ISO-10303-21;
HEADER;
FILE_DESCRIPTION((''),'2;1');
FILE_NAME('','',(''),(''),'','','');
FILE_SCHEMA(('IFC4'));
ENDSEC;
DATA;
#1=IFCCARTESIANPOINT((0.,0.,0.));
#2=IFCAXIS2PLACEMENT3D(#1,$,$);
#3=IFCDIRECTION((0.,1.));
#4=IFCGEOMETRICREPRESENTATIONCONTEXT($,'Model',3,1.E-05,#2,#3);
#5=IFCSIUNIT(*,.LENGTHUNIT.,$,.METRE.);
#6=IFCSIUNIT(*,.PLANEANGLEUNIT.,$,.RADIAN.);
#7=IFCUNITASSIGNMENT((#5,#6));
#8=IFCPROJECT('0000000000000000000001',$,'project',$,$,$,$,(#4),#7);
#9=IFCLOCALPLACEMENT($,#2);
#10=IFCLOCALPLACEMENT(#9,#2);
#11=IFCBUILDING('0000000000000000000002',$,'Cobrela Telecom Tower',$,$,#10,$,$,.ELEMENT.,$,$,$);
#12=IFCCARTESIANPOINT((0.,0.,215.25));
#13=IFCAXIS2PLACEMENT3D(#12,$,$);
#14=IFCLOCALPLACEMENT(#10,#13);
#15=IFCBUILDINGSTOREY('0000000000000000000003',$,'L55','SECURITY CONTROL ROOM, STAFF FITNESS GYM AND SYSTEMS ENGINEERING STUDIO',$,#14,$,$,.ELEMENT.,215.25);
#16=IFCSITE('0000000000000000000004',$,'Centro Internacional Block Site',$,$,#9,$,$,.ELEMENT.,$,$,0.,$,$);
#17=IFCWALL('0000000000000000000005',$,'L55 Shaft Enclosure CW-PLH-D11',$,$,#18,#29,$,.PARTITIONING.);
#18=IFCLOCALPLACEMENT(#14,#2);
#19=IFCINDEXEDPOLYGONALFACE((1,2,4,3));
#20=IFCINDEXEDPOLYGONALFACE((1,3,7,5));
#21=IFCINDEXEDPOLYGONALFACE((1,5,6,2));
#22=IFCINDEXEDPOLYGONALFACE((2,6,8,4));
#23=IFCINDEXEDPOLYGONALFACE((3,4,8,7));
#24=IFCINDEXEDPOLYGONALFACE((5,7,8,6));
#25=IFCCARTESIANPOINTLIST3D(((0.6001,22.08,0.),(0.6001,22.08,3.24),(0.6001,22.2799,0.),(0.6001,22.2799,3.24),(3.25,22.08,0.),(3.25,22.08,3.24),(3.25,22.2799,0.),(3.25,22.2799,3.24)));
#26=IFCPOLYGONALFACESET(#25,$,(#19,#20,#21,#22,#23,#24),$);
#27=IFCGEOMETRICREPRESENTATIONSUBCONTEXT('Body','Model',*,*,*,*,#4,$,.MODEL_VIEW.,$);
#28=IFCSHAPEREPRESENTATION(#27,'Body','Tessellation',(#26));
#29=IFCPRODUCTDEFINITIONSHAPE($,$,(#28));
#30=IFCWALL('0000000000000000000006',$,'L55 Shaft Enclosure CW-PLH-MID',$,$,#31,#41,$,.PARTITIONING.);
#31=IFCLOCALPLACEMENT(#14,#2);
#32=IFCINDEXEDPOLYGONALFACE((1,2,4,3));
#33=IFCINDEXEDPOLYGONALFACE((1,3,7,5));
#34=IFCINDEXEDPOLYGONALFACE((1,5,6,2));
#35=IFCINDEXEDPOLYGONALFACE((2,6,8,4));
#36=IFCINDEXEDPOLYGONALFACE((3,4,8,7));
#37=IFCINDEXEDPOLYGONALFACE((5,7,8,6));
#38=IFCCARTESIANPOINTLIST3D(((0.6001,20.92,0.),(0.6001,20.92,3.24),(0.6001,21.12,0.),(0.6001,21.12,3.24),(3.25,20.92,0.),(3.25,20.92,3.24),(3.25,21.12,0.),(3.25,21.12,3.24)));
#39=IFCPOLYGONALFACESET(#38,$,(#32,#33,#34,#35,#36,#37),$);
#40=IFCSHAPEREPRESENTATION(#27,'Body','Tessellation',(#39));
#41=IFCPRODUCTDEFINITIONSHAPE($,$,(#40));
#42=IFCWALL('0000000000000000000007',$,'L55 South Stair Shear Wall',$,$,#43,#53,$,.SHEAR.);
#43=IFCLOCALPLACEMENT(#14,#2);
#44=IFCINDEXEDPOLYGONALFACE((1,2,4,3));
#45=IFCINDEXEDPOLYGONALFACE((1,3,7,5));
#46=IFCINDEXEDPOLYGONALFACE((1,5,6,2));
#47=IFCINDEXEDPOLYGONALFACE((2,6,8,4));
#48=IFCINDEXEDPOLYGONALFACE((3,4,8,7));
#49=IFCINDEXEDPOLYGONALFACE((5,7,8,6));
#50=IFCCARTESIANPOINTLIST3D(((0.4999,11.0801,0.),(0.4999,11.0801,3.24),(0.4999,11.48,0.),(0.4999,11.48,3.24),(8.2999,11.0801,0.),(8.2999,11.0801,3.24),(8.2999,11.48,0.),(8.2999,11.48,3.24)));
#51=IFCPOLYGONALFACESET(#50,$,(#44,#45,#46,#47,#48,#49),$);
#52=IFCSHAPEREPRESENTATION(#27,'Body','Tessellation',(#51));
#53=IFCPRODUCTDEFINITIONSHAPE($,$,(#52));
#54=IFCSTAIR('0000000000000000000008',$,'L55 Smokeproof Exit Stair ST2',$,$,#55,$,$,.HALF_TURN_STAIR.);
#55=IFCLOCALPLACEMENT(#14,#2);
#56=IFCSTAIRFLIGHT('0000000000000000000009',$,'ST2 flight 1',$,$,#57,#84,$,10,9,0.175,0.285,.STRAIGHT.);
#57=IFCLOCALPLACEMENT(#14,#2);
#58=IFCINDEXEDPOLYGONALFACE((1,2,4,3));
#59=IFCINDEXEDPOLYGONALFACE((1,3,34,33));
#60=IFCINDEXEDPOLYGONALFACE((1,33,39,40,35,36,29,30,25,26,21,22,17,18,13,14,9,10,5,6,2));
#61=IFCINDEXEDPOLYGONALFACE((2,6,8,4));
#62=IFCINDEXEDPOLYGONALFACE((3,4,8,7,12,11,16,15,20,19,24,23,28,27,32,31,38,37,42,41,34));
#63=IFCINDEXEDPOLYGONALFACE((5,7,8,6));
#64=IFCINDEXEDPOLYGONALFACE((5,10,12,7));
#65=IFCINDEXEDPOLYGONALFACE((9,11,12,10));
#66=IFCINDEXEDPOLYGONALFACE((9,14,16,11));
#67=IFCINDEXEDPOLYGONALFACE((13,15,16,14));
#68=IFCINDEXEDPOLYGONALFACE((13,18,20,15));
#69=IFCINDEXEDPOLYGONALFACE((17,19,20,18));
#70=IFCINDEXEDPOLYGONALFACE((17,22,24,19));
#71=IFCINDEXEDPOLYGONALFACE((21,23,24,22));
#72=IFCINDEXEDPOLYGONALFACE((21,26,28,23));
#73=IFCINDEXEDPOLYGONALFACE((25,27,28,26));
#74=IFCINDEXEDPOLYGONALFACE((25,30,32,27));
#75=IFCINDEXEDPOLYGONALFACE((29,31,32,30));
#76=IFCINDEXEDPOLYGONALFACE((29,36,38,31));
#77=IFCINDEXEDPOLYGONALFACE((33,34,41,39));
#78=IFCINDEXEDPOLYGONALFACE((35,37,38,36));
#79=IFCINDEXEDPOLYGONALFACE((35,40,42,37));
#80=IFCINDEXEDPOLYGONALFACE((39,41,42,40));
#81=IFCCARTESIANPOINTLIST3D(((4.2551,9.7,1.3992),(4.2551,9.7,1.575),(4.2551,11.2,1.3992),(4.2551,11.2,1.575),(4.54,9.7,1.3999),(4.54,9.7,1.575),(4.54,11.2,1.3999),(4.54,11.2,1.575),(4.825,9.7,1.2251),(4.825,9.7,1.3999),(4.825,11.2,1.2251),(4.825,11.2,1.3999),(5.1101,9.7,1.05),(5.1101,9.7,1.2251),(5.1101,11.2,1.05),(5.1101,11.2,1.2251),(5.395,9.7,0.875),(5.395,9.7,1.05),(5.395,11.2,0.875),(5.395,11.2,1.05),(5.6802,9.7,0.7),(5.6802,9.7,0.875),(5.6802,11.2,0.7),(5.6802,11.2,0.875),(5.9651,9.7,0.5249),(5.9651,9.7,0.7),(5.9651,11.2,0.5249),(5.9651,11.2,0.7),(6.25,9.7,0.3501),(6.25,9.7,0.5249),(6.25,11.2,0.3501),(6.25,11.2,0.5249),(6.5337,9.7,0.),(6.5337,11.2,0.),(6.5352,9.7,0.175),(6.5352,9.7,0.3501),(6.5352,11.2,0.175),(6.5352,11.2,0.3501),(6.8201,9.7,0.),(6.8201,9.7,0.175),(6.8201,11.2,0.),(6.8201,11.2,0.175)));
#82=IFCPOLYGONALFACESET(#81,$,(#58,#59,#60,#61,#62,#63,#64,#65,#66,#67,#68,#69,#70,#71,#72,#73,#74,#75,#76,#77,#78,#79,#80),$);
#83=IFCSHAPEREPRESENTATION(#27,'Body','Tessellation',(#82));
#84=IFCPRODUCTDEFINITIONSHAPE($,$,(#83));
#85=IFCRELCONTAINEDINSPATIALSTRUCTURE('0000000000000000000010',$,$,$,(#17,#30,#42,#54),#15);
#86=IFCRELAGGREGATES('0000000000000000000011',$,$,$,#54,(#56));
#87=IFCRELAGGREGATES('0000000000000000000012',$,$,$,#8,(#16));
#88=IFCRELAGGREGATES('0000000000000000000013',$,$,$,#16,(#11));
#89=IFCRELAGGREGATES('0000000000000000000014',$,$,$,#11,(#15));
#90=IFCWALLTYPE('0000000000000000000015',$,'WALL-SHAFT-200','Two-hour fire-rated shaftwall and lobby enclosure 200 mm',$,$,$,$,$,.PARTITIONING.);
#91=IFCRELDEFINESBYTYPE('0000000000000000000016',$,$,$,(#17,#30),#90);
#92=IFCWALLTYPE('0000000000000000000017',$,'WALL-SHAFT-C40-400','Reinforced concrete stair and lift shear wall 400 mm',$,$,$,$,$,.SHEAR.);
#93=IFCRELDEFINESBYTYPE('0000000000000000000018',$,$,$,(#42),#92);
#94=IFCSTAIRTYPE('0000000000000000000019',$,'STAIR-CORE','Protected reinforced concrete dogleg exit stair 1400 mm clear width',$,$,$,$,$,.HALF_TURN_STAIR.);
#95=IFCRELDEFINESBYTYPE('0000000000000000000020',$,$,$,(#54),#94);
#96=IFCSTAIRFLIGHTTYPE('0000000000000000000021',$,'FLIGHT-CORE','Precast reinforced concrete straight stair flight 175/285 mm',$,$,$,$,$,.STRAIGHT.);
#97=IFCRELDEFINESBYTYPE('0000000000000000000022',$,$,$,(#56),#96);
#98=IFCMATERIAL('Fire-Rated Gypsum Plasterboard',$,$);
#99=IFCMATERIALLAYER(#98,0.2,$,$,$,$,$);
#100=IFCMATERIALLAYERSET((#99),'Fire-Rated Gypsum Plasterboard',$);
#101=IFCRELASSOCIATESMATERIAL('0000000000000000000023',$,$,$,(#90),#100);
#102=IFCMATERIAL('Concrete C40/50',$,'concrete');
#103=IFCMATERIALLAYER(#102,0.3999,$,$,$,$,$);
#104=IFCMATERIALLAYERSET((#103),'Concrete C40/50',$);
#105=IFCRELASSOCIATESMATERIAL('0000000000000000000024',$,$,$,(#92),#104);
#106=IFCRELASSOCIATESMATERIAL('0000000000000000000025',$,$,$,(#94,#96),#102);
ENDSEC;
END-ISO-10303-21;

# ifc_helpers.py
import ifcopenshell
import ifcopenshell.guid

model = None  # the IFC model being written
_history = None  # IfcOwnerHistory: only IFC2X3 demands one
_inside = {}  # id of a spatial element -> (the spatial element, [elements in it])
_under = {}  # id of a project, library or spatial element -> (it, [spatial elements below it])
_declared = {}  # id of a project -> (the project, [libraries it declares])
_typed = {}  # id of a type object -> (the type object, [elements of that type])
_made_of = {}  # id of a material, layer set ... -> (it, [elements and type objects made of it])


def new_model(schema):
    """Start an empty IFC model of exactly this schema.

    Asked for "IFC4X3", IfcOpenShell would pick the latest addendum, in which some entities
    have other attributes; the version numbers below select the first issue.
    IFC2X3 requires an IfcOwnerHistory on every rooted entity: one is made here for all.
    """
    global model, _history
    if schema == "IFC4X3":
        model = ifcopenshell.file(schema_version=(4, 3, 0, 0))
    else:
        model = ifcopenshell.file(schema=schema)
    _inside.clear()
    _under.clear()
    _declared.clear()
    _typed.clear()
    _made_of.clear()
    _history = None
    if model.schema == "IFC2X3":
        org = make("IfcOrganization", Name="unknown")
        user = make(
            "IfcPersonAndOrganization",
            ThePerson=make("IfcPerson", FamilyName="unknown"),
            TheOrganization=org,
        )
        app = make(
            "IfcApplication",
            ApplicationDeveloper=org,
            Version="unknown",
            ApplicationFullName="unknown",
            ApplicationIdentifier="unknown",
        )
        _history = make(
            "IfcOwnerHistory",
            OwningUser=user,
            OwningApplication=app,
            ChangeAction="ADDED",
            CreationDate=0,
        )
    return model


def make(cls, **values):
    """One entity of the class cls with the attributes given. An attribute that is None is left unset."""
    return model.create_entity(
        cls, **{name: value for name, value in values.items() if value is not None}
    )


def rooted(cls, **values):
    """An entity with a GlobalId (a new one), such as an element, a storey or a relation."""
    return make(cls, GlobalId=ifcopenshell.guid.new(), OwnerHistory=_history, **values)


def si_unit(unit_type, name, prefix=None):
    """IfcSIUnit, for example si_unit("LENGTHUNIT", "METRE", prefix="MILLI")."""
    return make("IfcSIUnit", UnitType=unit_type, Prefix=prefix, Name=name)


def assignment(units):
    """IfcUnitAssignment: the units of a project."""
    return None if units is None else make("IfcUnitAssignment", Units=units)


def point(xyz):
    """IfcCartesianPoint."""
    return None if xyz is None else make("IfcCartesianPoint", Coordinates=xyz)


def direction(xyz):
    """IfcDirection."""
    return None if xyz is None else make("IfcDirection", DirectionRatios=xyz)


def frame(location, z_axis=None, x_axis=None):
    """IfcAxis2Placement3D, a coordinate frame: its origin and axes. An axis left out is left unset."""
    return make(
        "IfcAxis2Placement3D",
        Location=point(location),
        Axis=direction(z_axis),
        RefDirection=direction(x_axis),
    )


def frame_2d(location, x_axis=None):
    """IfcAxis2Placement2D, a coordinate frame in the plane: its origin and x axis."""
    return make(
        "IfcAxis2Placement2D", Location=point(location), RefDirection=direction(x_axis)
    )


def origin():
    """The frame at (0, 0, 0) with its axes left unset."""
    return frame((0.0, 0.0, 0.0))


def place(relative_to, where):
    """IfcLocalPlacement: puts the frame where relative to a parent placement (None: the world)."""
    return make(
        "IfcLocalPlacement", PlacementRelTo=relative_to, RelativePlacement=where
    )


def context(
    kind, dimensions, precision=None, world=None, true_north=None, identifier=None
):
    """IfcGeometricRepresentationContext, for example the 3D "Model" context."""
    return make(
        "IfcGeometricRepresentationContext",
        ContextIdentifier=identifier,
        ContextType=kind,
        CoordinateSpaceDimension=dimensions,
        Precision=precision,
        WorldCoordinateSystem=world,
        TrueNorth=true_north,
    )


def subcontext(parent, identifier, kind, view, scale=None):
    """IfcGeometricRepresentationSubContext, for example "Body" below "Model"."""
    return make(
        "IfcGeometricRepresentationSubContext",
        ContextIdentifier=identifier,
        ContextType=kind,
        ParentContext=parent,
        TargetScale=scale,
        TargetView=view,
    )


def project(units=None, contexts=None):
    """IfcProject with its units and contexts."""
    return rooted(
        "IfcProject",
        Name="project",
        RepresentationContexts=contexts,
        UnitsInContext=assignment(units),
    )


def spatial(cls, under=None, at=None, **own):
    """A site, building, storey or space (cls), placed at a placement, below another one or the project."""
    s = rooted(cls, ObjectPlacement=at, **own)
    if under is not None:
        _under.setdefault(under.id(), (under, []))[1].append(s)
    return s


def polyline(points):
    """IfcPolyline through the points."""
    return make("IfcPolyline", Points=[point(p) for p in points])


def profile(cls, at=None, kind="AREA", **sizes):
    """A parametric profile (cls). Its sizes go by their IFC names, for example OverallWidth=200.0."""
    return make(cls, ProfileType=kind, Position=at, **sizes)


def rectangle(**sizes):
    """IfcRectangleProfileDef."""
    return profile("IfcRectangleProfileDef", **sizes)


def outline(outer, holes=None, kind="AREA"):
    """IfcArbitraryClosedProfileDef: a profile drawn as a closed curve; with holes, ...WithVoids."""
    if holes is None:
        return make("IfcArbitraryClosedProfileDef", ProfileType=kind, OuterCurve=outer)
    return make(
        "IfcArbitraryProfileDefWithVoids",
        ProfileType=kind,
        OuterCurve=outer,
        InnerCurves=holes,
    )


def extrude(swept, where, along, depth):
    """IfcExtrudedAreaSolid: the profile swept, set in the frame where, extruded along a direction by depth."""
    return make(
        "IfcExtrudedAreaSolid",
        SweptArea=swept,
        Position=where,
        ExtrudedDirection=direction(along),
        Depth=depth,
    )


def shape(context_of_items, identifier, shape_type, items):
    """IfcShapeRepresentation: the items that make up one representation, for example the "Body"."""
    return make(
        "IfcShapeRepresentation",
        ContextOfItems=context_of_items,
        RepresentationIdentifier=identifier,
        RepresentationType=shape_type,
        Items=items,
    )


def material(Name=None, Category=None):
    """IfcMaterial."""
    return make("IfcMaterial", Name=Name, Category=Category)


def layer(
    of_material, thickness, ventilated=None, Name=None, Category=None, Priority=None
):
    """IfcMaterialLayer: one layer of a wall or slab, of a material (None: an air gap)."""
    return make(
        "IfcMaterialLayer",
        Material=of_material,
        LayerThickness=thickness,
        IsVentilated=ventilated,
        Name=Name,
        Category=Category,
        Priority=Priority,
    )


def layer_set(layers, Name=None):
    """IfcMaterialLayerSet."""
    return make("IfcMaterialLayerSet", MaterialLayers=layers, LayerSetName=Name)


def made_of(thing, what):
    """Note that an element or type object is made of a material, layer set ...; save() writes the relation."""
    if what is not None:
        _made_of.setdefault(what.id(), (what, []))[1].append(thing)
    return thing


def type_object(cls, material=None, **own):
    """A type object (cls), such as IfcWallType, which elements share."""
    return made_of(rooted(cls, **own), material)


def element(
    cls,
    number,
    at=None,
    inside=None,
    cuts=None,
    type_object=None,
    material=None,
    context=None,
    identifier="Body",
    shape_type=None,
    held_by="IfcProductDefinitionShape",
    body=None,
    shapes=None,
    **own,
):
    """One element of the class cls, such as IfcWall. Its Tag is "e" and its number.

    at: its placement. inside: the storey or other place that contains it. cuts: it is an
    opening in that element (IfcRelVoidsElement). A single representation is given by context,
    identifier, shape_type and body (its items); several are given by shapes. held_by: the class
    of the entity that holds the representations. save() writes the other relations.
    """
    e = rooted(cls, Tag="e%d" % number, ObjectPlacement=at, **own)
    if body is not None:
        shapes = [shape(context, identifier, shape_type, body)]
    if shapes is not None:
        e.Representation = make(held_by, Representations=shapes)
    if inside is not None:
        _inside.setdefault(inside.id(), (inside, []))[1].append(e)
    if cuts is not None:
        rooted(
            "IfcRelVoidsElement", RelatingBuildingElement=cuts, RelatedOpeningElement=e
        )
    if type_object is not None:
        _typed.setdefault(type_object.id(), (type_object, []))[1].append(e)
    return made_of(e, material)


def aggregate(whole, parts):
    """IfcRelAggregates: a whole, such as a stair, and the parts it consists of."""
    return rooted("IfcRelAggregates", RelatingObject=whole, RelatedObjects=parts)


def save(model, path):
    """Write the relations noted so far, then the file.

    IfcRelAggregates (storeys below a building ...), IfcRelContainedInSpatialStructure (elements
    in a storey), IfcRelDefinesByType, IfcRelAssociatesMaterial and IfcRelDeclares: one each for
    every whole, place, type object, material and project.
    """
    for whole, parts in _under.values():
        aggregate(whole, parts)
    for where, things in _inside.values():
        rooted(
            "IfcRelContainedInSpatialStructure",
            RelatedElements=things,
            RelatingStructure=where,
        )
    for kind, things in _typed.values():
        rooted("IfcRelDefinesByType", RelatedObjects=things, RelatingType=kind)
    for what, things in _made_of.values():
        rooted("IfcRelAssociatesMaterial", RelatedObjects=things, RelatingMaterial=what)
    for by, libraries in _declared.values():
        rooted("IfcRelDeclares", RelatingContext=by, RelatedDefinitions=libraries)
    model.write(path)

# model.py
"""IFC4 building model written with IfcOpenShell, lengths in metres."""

from ifc_helpers import new_model, si_unit, direction, frame, frame_2d, origin, place, context, subcontext, project, spatial, polyline, rectangle, outline, extrude, material, layer, layer_set, type_object, element, aggregate, save


model = new_model("IFC4")

# Units and contexts
model_context = context("Model", 3, precision=1e-05, world=origin(), true_north=direction((0.0, 1.0)))
body_context = subcontext(model_context, "Body", "Model", "MODEL_VIEW")
ifc_project = project(units=[si_unit("LENGTHUNIT", "METRE"), si_unit("PLANEANGLEUNIT", "RADIAN")], contexts=[model_context])

# Site, building, storey
site_placement = place(None, origin())
site = spatial("IfcSite", under=ifc_project, at=site_placement, Name="Centro Internacional Block Site", CompositionType="ELEMENT", RefElevation=0.0)
building_placement = place(site_placement, origin())
building = spatial("IfcBuilding", under=site, at=building_placement, Name="Cobrela Telecom Tower", CompositionType="ELEMENT")
storey_placement = place(building_placement, frame((0.0, 0.0, 215.25)))
storey = spatial("IfcBuildingStorey", under=building, at=storey_placement, Name="L55", Description="SECURITY CONTROL ROOM, STAFF FITNESS GYM AND SYSTEMS ENGINEERING STUDIO", CompositionType="ELEMENT", Elevation=215.25)

# Shared definitions
ifc_material_1 = material(Name="Fire-Rated Gypsum Plasterboard")

# Shared definitions
ifc_layer_1 = layer(ifc_material_1, 0.2)
ifc_layer_set_1 = layer_set([ifc_layer_1], Name="Fire-Rated Gypsum Plasterboard")
wall_type_1 = type_object("IfcWallType", Name="WALL-SHAFT-200", Description="Two-hour fire-rated shaftwall and lobby enclosure 200 mm", PredefinedType="PARTITIONING", material=ifc_layer_set_1)

# Walls
for number, where, z_axis, x_axis, name in (
    (1, (0.6001, 22.1799, 0.0), (0.0, 0.0, 1.0), (1.0, 0.0, 0.0), "L55 Shaft Enclosure CW-PLH-D11"),
    (2, (0.6001, 21.02, 0.0), (0.0, 0.0, 1.0), (1.0, 0.0, 0.0), "L55 Shaft Enclosure CW-PLH-MID"),
):
    element("IfcWall", number, at=place(storey_placement, frame(where, z_axis=z_axis, x_axis=x_axis)), inside=storey, type_object=wall_type_1, Name=name, PredefinedType="PARTITIONING", context=body_context, shape_type="SweptSolid", body=[
        extrude(rectangle(XDim=2.6499, YDim=0.2, at=frame_2d((1.325, 0.0))), origin(), (0.0, 0.0, 1.0), 3.24),
    ])
ifc_material_2 = material(Name="Concrete C40/50", Category="concrete")
ifc_layer_2 = layer(ifc_material_2, 0.3999)
ifc_layer_set_2 = layer_set([ifc_layer_2], Name="Concrete C40/50")
wall_type_2 = type_object("IfcWallType", Name="WALL-SHAFT-C40-400", Description="Reinforced concrete stair and lift shear wall 400 mm", PredefinedType="SHEAR", material=ifc_layer_set_2)
wall_1_placement = place(storey_placement, frame((0.5, 11.28, 0.0), z_axis=(0.0, 0.0, 1.0), x_axis=(1.0, 0.0, 0.0)))
element("IfcWall", 3, at=wall_1_placement, inside=storey, type_object=wall_type_2, Name="L55 South Stair Shear Wall", PredefinedType="SHEAR", context=body_context, shape_type="SweptSolid", body=[
    extrude(rectangle(XDim=7.8, YDim=0.3999, at=frame_2d((3.8999, 0.0))), origin(), (0.0, 0.0, 1.0), 3.24),
])

# Stair, stair flight
stair_type = type_object("IfcStairType", Name="STAIR-CORE", Description="Protected reinforced concrete dogleg exit stair 1400 mm clear width", PredefinedType="HALF_TURN_STAIR", material=ifc_material_2)
stair_placement = place(storey_placement, origin())
stair = element("IfcStair", 4, at=stair_placement, inside=storey, type_object=stair_type, Name="L55 Smokeproof Exit Stair ST2", PredefinedType="HALF_TURN_STAIR")
stair_flight_type = type_object("IfcStairFlightType", Name="FLIGHT-CORE", Description="Precast reinforced concrete straight stair flight 175/285 mm", PredefinedType="STRAIGHT", material=ifc_material_2)
stair_flight_placement = place(storey_placement, frame((6.8201, 10.45, 0.0), z_axis=(0.0, 0.0, 1.0), x_axis=(-1.0, 0.0, 0.0)))
stair_flight = element("IfcStairFlight", 5, at=stair_flight_placement, type_object=stair_flight_type, Name="ST2 flight 1", NumberOfRisers=10, NumberOfTreads=9, PredefinedType="STRAIGHT", RiserHeight=0.175, TreadLength=0.285, context=body_context, shape_type="SweptSolid", body=[
    extrude(outline(polyline([(0.0, 0.0), (0.0, 0.175), (0.2849, 0.175), (0.2849, 0.3501), (0.5701, 0.3501), (0.5701, 0.5249), (0.855, 0.5249), (0.855, 0.7), (1.1399, 0.7), (1.1399, 0.875), (1.425, 0.875), (1.425, 1.05), (1.71, 1.05), (1.71, 1.2251), (1.9951, 1.2251), (1.9951, 1.3999), (2.28, 1.3999), (2.28, 1.575), (2.5649, 1.575), (2.5649, 1.75), (2.5649, 1.3992), (0.2864, 0.0), (0.0, 0.0)])), frame((0.0, 0.75, 0.0), z_axis=(0.0, -1.0, 0.0), x_axis=(1.0, 0.0, 0.0)), (0.0, 0.0, 1.0), 1.5),
])
aggregate(stair, [stair_flight])

save(model, "model.ifc")
